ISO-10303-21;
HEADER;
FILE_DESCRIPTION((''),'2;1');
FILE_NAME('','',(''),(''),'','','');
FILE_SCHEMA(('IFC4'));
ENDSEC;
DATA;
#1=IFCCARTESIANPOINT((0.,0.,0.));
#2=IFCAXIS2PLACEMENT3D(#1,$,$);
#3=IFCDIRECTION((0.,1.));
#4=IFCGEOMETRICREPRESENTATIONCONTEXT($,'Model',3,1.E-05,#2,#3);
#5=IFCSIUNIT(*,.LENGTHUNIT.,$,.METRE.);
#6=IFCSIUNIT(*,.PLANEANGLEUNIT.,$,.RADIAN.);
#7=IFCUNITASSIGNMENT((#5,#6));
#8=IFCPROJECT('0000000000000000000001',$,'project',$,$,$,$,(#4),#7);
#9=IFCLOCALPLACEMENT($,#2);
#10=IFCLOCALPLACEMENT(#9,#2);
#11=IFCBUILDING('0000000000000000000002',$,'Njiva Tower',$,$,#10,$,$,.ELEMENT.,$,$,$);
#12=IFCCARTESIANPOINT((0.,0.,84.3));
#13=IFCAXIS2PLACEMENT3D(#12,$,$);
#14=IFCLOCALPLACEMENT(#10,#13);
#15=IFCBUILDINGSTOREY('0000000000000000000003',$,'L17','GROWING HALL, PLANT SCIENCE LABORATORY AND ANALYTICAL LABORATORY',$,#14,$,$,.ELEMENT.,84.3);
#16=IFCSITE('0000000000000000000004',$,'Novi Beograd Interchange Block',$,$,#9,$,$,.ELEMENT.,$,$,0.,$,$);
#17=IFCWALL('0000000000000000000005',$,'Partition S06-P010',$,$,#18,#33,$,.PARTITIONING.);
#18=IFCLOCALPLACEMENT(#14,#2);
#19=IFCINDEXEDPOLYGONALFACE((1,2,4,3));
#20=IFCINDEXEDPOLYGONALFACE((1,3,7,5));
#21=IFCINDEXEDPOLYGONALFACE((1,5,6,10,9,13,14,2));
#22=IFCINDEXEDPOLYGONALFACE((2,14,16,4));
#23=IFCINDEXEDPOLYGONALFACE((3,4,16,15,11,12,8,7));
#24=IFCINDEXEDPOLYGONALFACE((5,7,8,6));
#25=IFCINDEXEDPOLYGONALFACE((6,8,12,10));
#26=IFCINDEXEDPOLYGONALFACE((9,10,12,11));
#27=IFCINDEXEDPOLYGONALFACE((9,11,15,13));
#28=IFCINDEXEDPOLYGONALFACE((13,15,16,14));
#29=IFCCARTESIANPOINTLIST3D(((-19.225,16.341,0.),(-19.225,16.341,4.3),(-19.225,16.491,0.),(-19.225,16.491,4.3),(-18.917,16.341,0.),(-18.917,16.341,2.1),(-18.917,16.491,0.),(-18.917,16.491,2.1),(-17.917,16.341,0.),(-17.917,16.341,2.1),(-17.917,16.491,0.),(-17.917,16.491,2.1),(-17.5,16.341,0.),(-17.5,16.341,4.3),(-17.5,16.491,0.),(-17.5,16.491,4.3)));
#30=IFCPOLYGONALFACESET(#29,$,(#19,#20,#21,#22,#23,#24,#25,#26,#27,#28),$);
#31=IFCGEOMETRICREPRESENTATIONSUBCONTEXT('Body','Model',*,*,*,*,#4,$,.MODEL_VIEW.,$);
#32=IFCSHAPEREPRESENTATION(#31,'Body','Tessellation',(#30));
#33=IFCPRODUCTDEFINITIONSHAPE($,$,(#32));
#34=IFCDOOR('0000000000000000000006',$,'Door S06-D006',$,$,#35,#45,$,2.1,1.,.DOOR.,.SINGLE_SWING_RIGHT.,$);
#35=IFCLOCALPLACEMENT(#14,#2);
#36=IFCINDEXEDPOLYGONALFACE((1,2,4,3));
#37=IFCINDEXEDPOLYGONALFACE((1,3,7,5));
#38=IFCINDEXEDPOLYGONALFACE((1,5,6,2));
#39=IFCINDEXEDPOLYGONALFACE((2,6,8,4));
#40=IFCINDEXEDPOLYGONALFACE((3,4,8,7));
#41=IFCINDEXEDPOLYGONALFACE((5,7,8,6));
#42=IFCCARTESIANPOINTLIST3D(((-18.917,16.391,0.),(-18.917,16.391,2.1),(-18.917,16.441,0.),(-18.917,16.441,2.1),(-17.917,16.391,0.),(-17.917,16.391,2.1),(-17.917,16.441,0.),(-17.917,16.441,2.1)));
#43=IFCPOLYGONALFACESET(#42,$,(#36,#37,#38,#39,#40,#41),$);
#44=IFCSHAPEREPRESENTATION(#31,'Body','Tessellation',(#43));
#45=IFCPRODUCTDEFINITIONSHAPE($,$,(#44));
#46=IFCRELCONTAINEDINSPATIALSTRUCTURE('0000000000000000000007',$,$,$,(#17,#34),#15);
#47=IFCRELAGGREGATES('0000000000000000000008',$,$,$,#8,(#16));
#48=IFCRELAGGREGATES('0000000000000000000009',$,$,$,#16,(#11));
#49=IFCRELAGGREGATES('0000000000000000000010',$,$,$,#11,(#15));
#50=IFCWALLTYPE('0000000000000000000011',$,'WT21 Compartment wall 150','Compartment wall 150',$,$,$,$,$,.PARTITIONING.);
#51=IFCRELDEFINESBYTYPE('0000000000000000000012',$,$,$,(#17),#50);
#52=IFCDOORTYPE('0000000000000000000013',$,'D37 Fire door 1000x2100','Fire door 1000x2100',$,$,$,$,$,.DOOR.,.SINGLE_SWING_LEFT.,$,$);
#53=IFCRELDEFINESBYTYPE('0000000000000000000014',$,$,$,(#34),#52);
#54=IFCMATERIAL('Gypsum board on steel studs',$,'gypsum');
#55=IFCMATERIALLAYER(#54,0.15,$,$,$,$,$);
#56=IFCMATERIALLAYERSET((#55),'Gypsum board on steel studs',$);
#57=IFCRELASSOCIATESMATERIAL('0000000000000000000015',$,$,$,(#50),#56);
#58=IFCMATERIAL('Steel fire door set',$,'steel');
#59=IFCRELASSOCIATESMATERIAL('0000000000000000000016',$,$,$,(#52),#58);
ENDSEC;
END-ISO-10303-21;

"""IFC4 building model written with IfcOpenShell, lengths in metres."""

from ifc_helpers import new_model, si_unit, direction, frame, frame_2d, origin, place, context, subcontext, project, spatial, rectangle, extrude, material, layer, layer_set, type_object, element, fill, save


model = new_model("IFC4")

# Units and contexts
model_context = context("Model", 3, precision=1e-05, world=origin(), true_north=direction((0.0, 1.0)))
body_context = subcontext(model_context, "Body", "Model", "MODEL_VIEW")
ifc_project = project(units=[si_unit("LENGTHUNIT", "METRE"), si_unit("PLANEANGLEUNIT", "RADIAN")], contexts=[model_context])

# Site, building, storey
site_placement = place(None, origin())
site = spatial("IfcSite", under=ifc_project, at=site_placement, Name="Novi Beograd Interchange Block", CompositionType="ELEMENT", RefElevation=0.0)
building_placement = place(site_placement, origin())
building = spatial("IfcBuilding", under=site, at=building_placement, Name="Njiva Tower", CompositionType="ELEMENT")
storey_placement = place(building_placement, frame((0.0, 0.0, 84.3)))
storey = spatial("IfcBuildingStorey", under=building, at=storey_placement, Name="L17", Description="GROWING HALL, PLANT SCIENCE LABORATORY AND ANALYTICAL LABORATORY", CompositionType="ELEMENT", Elevation=84.3)

# Shared definitions
ifc_material_1 = material(Name="Gypsum board on steel studs", Category="gypsum")

# Wall, opening, door
ifc_layer_1 = layer(ifc_material_1, 0.15)
ifc_layer_set_1 = layer_set([ifc_layer_1], Name="Gypsum board on steel studs")
wall_type_1 = type_object("IfcWallType", Name="WT21 Compartment wall 150", Description="Compartment wall 150", PredefinedType="PARTITIONING", material=ifc_layer_set_1)
ifc_material_2 = material(Name="Steel fire door set", Category="steel")
door_type_1 = type_object("IfcDoorType", Name="D37 Fire door 1000x2100", Description="Fire door 1000x2100", OperationType="SINGLE_SWING_LEFT", PredefinedType="DOOR", material=ifc_material_2)
wall_1_placement = place(storey_placement, frame((-19.225, 16.416, 0.0), z_axis=(0.0, 0.0, 1.0), x_axis=(1.0, 0.0, 0.0)))
wall_1 = element("IfcWall", 1, at=wall_1_placement, inside=storey, type_object=wall_type_1, Name="Partition S06-P010", PredefinedType="PARTITIONING", context=body_context, shape_type="SweptSolid", body=[
    extrude(rectangle(XDim=1.725, YDim=0.15, at=frame_2d((0.8625, 0.0))), origin(), (0.0, 0.0, 1.0), 4.3),
])
opening_1_placement = place(wall_1_placement, frame((0.308, 0.0, 0.0)))
opening_1 = element("IfcOpeningElement", 2, at=opening_1_placement, cuts=wall_1, PredefinedType="OPENING", context=body_context, shape_type="SweptSolid", body=[
    extrude(rectangle(XDim=1.0, YDim=2.1, at=frame_2d((0.5, 1.05))), frame((0.0, 0.085, 0.0), z_axis=(0.0, -1.0, 0.0), x_axis=(1.0, 0.0, 0.0)), (0.0, 0.0, 1.0), 0.17),
])
door_1_placement = place(opening_1_placement, origin())
door_1 = element("IfcDoor", 3, at=door_1_placement, inside=storey, type_object=door_type_1, Name="Door S06-D006", OperationType="SINGLE_SWING_RIGHT", OverallHeight=2.1, OverallWidth=1.0, PredefinedType="DOOR", context=body_context, shape_type="SweptSolid", body=[
    extrude(rectangle(XDim=1.0, YDim=2.1, at=frame_2d((0.5, 1.05))), frame((0.0, 0.025, 0.0), z_axis=(0.0, -1.0, 0.0), x_axis=(1.0, 0.0, 0.0)), (0.0, 0.0, 1.0), 0.05),
])
fill(opening_1, door_1)

save(model, "model.ifc")
